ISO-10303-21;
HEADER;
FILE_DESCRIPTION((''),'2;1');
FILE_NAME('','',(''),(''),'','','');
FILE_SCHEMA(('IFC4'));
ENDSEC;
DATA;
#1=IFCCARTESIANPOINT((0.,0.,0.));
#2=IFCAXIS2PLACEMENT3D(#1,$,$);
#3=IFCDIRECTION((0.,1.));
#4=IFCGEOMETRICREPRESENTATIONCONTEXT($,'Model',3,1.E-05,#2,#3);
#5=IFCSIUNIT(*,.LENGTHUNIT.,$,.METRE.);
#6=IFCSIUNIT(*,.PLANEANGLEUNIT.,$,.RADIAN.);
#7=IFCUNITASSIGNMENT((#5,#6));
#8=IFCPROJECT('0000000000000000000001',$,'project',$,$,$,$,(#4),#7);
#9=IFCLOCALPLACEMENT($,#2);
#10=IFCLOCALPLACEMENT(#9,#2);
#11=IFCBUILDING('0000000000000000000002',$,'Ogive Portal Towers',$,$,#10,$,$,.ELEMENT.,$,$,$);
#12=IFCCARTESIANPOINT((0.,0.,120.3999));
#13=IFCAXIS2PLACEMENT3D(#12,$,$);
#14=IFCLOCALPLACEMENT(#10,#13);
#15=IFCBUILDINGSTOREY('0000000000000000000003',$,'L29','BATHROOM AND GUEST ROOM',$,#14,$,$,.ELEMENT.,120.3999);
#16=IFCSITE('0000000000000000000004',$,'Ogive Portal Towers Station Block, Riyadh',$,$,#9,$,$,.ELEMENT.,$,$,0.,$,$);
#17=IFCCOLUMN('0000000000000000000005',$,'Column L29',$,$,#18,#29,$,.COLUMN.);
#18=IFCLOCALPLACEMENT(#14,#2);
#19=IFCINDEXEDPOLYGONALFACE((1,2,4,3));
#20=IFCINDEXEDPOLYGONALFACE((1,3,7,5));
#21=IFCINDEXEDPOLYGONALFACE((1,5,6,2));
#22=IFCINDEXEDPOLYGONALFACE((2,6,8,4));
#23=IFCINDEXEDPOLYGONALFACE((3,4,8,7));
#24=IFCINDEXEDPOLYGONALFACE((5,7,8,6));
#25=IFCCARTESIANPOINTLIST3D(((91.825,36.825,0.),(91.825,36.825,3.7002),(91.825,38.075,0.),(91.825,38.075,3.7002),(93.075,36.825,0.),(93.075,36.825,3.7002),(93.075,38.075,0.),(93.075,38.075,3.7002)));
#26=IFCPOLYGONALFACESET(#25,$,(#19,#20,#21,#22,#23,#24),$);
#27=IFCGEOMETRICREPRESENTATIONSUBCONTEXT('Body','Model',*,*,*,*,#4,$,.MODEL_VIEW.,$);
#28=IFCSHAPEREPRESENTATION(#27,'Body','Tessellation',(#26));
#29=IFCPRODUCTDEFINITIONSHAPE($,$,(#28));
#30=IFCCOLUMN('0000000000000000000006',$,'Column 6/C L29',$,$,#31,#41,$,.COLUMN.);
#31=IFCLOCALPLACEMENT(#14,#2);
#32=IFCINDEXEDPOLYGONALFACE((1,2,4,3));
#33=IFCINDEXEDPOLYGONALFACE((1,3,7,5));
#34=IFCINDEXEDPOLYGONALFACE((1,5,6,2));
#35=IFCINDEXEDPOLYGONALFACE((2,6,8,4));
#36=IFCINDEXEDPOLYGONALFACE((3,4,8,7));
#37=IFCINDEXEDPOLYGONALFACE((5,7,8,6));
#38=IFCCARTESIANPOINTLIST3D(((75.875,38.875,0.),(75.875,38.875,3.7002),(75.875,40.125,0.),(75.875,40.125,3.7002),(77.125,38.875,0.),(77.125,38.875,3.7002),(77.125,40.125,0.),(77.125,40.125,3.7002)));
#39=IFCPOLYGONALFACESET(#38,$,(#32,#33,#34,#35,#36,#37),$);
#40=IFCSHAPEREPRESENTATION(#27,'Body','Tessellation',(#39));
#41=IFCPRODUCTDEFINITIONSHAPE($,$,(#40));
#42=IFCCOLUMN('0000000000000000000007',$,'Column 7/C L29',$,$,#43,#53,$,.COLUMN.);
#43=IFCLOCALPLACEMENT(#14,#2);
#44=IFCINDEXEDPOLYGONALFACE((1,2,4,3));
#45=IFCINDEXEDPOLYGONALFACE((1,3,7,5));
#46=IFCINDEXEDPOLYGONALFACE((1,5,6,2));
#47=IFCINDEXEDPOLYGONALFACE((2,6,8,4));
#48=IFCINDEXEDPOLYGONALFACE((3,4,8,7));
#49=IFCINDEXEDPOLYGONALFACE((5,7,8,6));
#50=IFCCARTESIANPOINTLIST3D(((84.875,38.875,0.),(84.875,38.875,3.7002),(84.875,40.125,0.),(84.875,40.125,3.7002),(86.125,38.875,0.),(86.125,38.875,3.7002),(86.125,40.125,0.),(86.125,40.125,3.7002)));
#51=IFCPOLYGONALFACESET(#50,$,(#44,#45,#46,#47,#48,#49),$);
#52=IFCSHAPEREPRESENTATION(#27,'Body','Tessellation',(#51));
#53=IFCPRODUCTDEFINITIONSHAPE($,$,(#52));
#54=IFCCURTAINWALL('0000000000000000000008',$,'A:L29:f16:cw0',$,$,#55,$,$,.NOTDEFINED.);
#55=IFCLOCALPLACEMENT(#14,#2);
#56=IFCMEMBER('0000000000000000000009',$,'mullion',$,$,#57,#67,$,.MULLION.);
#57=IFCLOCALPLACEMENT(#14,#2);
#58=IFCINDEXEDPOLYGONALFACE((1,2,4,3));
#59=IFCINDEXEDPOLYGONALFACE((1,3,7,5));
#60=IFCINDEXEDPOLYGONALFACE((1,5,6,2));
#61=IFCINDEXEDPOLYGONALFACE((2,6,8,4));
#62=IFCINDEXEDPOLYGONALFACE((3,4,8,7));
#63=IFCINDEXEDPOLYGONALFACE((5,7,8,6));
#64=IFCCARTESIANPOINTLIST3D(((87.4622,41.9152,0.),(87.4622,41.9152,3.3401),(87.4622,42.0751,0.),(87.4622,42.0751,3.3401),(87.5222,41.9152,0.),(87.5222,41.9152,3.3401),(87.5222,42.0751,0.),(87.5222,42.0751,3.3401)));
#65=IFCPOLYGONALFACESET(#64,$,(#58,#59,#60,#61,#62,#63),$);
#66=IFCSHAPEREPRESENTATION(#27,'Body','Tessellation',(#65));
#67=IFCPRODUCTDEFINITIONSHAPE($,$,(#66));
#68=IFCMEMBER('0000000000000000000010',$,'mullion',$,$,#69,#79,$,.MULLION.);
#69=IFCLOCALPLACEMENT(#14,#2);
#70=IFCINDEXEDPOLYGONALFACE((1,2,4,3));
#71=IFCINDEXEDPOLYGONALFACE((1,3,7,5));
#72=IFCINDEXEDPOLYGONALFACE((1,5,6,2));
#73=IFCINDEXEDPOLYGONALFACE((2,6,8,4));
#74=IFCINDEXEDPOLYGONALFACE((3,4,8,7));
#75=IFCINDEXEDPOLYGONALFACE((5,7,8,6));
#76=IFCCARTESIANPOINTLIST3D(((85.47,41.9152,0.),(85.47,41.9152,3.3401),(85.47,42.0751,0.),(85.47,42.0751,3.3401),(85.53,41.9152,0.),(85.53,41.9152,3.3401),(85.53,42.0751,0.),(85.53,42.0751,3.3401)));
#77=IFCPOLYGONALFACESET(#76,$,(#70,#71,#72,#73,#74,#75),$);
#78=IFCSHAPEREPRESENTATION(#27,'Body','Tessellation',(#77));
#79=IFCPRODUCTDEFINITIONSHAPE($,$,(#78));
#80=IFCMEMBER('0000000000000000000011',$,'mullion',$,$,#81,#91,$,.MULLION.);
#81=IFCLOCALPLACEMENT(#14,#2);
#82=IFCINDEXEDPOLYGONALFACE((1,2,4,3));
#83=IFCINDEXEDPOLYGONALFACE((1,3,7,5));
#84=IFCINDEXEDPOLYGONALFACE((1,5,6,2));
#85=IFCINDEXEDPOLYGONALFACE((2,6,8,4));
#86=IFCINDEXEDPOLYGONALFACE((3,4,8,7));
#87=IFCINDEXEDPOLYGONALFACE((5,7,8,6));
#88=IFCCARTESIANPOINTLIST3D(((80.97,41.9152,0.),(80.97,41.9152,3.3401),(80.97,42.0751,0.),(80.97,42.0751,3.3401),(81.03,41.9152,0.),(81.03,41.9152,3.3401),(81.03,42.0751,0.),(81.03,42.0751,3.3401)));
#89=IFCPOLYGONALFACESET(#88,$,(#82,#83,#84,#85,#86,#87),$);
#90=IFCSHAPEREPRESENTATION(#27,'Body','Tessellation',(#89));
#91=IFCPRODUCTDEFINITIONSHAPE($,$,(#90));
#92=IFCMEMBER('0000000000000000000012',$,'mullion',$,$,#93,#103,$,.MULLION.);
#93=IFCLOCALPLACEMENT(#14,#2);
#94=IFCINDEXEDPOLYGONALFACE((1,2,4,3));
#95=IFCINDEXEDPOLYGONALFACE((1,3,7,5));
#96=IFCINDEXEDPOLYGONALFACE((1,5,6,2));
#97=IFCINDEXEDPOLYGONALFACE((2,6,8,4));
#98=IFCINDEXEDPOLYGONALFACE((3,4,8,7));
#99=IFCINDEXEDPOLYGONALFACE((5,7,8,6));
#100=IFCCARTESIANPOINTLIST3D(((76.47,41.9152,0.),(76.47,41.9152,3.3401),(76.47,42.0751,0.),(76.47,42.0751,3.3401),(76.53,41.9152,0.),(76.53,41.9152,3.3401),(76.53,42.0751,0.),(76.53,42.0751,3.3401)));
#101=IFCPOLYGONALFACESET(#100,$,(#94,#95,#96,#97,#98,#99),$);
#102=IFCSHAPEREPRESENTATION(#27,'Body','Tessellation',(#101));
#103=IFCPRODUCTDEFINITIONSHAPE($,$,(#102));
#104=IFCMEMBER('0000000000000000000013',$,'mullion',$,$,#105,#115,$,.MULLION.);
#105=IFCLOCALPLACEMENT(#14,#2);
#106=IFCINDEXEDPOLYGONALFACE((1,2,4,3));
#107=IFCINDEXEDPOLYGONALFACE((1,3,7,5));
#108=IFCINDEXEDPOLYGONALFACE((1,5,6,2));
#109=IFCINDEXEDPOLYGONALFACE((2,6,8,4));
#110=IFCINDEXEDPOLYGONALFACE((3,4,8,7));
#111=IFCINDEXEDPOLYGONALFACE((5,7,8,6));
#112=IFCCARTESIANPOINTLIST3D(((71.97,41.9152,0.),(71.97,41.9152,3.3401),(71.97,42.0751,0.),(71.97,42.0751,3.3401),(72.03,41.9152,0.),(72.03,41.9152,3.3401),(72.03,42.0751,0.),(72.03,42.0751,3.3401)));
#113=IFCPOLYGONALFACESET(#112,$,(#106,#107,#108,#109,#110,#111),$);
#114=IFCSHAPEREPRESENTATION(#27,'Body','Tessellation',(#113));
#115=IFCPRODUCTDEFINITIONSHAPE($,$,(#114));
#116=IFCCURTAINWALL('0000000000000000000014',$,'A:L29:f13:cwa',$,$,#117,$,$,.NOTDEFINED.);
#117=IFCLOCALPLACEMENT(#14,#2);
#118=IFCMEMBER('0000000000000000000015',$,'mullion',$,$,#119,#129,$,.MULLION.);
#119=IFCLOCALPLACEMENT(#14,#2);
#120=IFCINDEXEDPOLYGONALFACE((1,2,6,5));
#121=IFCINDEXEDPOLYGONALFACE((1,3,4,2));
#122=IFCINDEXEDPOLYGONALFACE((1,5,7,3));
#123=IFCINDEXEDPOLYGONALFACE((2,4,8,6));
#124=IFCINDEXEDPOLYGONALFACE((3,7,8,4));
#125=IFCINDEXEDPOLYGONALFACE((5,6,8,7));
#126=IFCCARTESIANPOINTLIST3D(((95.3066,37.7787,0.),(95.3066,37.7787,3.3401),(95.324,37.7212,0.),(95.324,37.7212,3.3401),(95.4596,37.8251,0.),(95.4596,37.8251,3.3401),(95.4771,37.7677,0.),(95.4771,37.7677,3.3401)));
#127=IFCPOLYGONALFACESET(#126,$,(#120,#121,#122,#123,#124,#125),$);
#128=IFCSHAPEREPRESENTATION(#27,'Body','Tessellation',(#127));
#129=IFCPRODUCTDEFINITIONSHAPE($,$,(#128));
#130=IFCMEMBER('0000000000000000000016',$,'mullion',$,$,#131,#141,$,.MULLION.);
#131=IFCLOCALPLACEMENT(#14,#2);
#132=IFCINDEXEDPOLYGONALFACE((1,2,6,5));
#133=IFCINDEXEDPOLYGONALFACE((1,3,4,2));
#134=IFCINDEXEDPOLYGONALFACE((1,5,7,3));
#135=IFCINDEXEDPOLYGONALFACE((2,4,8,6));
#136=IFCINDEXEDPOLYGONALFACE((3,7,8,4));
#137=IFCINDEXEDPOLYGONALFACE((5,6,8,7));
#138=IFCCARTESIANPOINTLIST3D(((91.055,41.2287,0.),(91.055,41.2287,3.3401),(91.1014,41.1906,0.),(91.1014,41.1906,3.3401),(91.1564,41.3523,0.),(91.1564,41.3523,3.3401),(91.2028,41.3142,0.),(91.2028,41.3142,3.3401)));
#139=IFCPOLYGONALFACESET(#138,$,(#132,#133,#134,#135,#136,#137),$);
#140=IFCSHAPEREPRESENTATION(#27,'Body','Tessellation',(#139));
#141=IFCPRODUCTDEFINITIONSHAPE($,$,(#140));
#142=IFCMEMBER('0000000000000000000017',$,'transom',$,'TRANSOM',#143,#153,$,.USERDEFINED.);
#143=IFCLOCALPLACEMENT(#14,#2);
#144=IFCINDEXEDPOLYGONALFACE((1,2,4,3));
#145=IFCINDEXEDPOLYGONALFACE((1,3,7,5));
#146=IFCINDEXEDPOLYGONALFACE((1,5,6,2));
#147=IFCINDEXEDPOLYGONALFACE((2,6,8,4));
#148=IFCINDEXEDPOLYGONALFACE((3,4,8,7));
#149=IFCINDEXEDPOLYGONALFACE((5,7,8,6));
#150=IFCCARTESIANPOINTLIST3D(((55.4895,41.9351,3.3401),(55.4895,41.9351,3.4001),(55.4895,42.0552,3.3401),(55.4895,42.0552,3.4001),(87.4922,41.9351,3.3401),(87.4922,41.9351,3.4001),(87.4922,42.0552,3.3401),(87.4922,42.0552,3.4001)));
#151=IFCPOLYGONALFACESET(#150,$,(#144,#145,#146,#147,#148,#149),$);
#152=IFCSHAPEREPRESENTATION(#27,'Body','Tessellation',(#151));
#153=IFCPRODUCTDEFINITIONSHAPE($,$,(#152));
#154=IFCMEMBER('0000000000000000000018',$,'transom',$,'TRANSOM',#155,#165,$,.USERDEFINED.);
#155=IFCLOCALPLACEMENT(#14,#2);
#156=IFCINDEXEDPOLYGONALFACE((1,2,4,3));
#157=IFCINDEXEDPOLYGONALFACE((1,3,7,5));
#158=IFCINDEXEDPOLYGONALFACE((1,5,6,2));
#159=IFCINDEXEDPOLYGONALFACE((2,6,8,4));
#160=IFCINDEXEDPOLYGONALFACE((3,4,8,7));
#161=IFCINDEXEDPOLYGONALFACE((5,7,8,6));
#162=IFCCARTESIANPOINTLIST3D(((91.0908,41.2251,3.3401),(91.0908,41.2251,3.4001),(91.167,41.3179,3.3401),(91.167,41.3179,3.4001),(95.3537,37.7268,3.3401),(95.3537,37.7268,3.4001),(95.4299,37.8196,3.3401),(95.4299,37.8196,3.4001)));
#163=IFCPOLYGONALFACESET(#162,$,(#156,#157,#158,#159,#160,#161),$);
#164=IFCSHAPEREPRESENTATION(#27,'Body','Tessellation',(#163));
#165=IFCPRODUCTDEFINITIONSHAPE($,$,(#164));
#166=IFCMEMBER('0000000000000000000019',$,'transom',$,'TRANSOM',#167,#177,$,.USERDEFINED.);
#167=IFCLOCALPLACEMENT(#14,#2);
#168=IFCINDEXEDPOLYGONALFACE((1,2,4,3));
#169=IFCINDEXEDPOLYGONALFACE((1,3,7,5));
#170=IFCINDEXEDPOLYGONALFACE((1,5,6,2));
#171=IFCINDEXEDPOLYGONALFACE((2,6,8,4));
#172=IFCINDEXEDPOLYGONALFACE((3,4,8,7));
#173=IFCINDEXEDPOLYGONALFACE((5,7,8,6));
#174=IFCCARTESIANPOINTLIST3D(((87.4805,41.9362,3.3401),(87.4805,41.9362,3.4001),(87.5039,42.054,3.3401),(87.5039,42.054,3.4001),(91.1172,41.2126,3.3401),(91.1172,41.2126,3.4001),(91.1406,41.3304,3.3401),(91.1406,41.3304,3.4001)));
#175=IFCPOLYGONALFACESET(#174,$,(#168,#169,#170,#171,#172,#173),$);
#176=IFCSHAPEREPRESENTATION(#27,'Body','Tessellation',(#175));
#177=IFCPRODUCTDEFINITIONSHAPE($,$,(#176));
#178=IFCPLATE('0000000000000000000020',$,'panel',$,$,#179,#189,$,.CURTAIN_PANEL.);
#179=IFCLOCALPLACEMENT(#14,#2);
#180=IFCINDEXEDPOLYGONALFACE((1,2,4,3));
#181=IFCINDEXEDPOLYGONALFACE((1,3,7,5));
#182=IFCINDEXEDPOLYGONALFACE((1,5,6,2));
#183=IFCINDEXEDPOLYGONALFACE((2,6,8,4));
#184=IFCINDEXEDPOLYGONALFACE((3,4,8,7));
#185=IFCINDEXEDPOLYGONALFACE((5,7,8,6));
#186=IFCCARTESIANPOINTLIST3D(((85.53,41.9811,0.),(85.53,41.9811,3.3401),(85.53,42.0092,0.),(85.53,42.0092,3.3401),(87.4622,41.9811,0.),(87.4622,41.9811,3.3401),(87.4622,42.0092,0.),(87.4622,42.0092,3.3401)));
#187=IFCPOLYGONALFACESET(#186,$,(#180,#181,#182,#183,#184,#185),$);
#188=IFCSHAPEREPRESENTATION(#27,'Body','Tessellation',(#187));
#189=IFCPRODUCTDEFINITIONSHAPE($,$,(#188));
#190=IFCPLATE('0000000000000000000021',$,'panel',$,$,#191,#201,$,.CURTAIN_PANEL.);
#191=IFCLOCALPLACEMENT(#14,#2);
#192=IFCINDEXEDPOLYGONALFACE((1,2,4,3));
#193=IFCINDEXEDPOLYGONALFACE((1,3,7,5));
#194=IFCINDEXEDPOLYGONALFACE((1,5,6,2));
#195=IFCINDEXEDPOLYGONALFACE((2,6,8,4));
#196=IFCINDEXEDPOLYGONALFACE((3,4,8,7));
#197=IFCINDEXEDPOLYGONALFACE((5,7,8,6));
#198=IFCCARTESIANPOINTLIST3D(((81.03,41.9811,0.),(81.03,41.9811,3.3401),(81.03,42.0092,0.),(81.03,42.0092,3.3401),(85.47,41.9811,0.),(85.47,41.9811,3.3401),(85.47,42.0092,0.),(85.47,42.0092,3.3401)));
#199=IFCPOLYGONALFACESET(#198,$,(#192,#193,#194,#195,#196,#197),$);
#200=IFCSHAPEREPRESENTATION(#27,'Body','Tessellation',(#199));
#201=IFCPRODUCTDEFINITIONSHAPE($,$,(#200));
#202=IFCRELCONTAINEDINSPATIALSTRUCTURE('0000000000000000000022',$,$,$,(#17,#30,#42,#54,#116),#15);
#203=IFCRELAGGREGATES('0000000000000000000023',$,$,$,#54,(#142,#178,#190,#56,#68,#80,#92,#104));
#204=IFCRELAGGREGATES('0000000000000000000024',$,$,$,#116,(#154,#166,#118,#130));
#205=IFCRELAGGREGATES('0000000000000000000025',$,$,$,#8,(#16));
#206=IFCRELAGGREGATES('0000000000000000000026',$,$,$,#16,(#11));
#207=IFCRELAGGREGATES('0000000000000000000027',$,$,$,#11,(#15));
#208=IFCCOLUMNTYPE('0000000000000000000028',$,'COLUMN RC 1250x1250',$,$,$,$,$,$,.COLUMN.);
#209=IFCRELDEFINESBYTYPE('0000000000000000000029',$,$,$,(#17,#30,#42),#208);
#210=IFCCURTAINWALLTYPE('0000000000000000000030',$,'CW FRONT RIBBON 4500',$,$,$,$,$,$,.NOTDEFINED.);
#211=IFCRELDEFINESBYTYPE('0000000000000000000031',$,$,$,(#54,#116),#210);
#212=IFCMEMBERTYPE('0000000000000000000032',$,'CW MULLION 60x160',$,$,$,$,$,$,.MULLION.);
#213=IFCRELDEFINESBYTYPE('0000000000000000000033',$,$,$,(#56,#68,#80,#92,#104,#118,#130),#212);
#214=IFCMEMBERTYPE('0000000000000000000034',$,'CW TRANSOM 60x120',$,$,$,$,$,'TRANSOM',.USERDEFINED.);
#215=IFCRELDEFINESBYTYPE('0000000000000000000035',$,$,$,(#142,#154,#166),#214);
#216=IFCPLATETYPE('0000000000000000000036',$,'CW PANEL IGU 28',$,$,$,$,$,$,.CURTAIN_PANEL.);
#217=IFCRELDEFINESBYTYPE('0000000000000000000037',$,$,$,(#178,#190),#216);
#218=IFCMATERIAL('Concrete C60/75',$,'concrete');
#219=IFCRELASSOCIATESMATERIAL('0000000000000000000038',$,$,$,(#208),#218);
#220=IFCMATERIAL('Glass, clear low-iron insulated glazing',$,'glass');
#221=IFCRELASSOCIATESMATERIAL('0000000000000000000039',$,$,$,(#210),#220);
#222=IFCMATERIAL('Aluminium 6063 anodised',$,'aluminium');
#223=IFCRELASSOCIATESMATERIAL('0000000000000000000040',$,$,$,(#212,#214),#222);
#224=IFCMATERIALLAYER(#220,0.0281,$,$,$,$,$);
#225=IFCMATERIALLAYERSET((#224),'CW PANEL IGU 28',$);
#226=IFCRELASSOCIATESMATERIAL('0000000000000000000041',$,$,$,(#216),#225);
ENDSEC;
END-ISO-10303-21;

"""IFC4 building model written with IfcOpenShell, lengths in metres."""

from ifc_helpers import new_model, si_unit, direction, frame, origin, origin_2d, place, context, subcontext, project, spatial, rectangle, extrude, material, layer, layer_set, material_profile, profile_set, type_object, element, aggregate, save


model = new_model("IFC4")

# Units and contexts
model_context = context("Model", 3, precision=1e-05, world=origin(), true_north=direction((0.0, 1.0)))
body_context = subcontext(model_context, "Body", "Model", "MODEL_VIEW")
ifc_project = project(units=[si_unit("LENGTHUNIT", "METRE"), si_unit("PLANEANGLEUNIT", "RADIAN")], contexts=[model_context])

# Site, building, storey
site_placement = place(None, origin())
site = spatial("IfcSite", under=ifc_project, at=site_placement, Name="Ogive Portal Towers Station Block, Riyadh", CompositionType="ELEMENT", RefElevation=0.0)
building_placement = place(site_placement, origin())
building = spatial("IfcBuilding", under=site, at=building_placement, Name="Ogive Portal Towers", CompositionType="ELEMENT")
storey_placement = place(building_placement, frame((0.0, 0.0, 120.3999)))
storey = spatial("IfcBuildingStorey", under=building, at=storey_placement, Name="L29", Description="BATHROOM AND GUEST ROOM", CompositionType="ELEMENT", Elevation=120.3999)

# Columns
ifc_material_1 = material(Name="Concrete C60/75", Category="concrete")
ifc_material_profile_1 = material_profile(ifc_material_1, rectangle(XDim=1.25, YDim=1.25, at=origin_2d()), Name="RC 1250x1250")
ifc_profile_set_1 = profile_set([ifc_material_profile_1], Name="Concrete C60/75")
column_type = type_object("IfcColumnType", Name="COLUMN RC 1250x1250", PredefinedType="COLUMN", material=ifc_profile_set_1)
for number, where, z_axis, x_axis, name in (
    (1, (92.45, 37.45, 0.0), (0.0, 0.0, 1.0), (1.0, 0.0, 0.0), "Column L29"),
    (2, (76.5, 39.5, 0.0), (0.0, 0.0, 1.0), (1.0, 0.0, 0.0), "Column 6/C L29"),
    (3, (85.5, 39.5, 0.0), (0.0, 0.0, 1.0), (1.0, 0.0, 0.0), "Column 7/C L29"),
):
    element("IfcColumn", number, at=place(storey_placement, frame(where, z_axis=z_axis, x_axis=x_axis)), inside=storey, type_object=column_type, Name=name, PredefinedType="COLUMN", context=body_context, shape_type="SweptSolid", body=[
        extrude(rectangle(XDim=1.25, YDim=1.25, at=origin_2d()), origin(), (0.0, 0.0, 1.0), 3.7002),
    ])

# Curtain walls, members
ifc_material_2 = material(Name="Glass, clear low-iron insulated glazing", Category="glass")
curtain_wall_type = type_object("IfcCurtainWallType", Name="CW FRONT RIBBON 4500", PredefinedType="NOTDEFINED", material=ifc_material_2)
curtain_wall_1_placement = place(storey_placement, origin())
curtain_wall_1 = element("IfcCurtainWall", 4, at=curtain_wall_1_placement, inside=storey, type_object=curtain_wall_type, Name="A:L29:f16:cw0", PredefinedType="NOTDEFINED")
ifc_material_3 = material(Name="Aluminium 6063 anodised", Category="aluminium")
ifc_material_profile_2 = material_profile(ifc_material_3, rectangle(XDim=0.1599, YDim=0.0601, at=origin_2d()), Name="AL 60x160")
ifc_profile_set_2 = profile_set([ifc_material_profile_2], Name="Aluminium 6063 anodised")
member_type_1 = type_object("IfcMemberType", Name="CW MULLION 60x160", PredefinedType="MULLION", material=ifc_profile_set_2)
member_1_placement = place(storey_placement, frame((87.4922, 41.9951, 0.0), z_axis=(0.0, 0.0, 1.0), x_axis=(0.0, -1.0, 0.0)))
member_1 = element("IfcMember", 5, at=member_1_placement, type_object=member_type_1, Name="mullion", PredefinedType="MULLION", context=body_context, shape_type="SweptSolid", body=[
    extrude(rectangle(XDim=0.1599, YDim=0.0601, at=origin_2d()), origin(), (0.0, 0.0, 1.0), 3.3401),
])
member_2_placement = place(storey_placement, frame((85.5, 41.9951, 0.0), z_axis=(0.0, 0.0, 1.0), x_axis=(0.0, -1.0, 0.0)))
member_2 = element("IfcMember", 6, at=member_2_placement, type_object=member_type_1, Name="mullion", PredefinedType="MULLION", context=body_context, shape_type="SweptSolid", body=[
    extrude(rectangle(XDim=0.1599, YDim=0.0601, at=origin_2d()), origin(), (0.0, 0.0, 1.0), 3.3401),
])
member_3_placement = place(storey_placement, frame((81.0, 41.9951, 0.0), z_axis=(0.0, 0.0, 1.0), x_axis=(0.0, -1.0, 0.0)))
member_3 = element("IfcMember", 7, at=member_3_placement, type_object=member_type_1, Name="mullion", PredefinedType="MULLION", context=body_context, shape_type="SweptSolid", body=[
    extrude(rectangle(XDim=0.1599, YDim=0.0601, at=origin_2d()), origin(), (0.0, 0.0, 1.0), 3.3401),
])
member_4_placement = place(storey_placement, frame((76.5, 41.9951, 0.0), z_axis=(0.0, 0.0, 1.0), x_axis=(0.0, -1.0, 0.0)))
member_4 = element("IfcMember", 8, at=member_4_placement, type_object=member_type_1, Name="mullion", PredefinedType="MULLION", context=body_context, shape_type="SweptSolid", body=[
    extrude(rectangle(XDim=0.1599, YDim=0.0601, at=origin_2d()), origin(), (0.0, 0.0, 1.0), 3.3401),
])
member_5_placement = place(storey_placement, frame((72.0, 41.9951, 0.0), z_axis=(0.0, 0.0, 1.0), x_axis=(0.0, -1.0, 0.0)))
member_5 = element("IfcMember", 9, at=member_5_placement, type_object=member_type_1, Name="mullion", PredefinedType="MULLION", context=body_context, shape_type="SweptSolid", body=[
    extrude(rectangle(XDim=0.1599, YDim=0.0601, at=origin_2d()), origin(), (0.0, 0.0, 1.0), 3.3401),
])
curtain_wall_2_placement = place(storey_placement, origin())
curtain_wall_2 = element("IfcCurtainWall", 10, at=curtain_wall_2_placement, inside=storey, type_object=curtain_wall_type, Name="A:L29:f13:cwa", PredefinedType="NOTDEFINED")
member_6_placement = place(storey_placement, frame((95.3918, 37.7732, 0.0), z_axis=(0.0, 0.0, 1.0), x_axis=(-0.95694, -0.290285, 0.0)))
member_6 = element("IfcMember", 11, at=member_6_placement, type_object=member_type_1, Name="mullion", PredefinedType="MULLION", context=body_context, shape_type="SweptSolid", body=[
    extrude(rectangle(XDim=0.1599, YDim=0.0601, at=origin_2d()), origin(), (0.0, 0.0, 1.0), 3.3401),
])
member_7_placement = place(storey_placement, frame((91.1289, 41.2715, 0.0), z_axis=(0.0, 0.0, 1.0), x_axis=(-0.634393, -0.77301, 0.0)))
member_7 = element("IfcMember", 12, at=member_7_placement, type_object=member_type_1, Name="mullion", PredefinedType="MULLION", context=body_context, shape_type="SweptSolid", body=[
    extrude(rectangle(XDim=0.1599, YDim=0.0601, at=origin_2d()), origin(), (0.0, 0.0, 1.0), 3.3401),
])

# Members
ifc_material_profile_3 = material_profile(ifc_material_3, rectangle(XDim=0.1201, YDim=0.0601, at=origin_2d()), Name="AL 120x60")
ifc_profile_set_3 = profile_set([ifc_material_profile_3], Name="Aluminium 6063 anodised")
member_type_2 = type_object("IfcMemberType", Name="CW TRANSOM 60x120", ElementType="TRANSOM", PredefinedType="USERDEFINED", material=ifc_profile_set_3)
member_8_placement = place(storey_placement, frame((87.4922, 41.9951, 3.3701), z_axis=(-1.0, 0.0, 0.0), x_axis=(0.0, -1.0, 0.0)))
member_8 = element("IfcMember", 13, at=member_8_placement, type_object=member_type_2, Name="transom", ObjectType="TRANSOM", PredefinedType="USERDEFINED", context=body_context, shape_type="SweptSolid", body=[
    extrude(rectangle(XDim=0.1201, YDim=0.0601, at=origin_2d()), origin(), (0.0, 0.0, 1.0), 32.0027),
])
member_9_placement = place(storey_placement, frame((95.3918, 37.7732, 3.3701), z_axis=(-0.773029, 0.63437, 0.0), x_axis=(-0.63437, -0.773029, 0.0)))
member_9 = element("IfcMember", 14, at=member_9_placement, type_object=member_type_2, Name="transom", ObjectType="TRANSOM", PredefinedType="USERDEFINED", context=body_context, shape_type="SweptSolid", body=[
    extrude(rectangle(XDim=0.1201, YDim=0.0601, at=origin_2d()), origin(), (0.0, 0.0, 1.0), 5.5146),
])
member_10_placement = place(storey_placement, frame((91.1289, 41.2715, 3.3701), z_axis=(-0.980773, 0.195154, 0.0), x_axis=(-0.195154, -0.980773, 0.0)))
member_10 = element("IfcMember", 15, at=member_10_placement, type_object=member_type_2, Name="transom", ObjectType="TRANSOM", PredefinedType="USERDEFINED", context=body_context, shape_type="SweptSolid", body=[
    extrude(rectangle(XDim=0.1201, YDim=0.0601, at=origin_2d()), origin(), (0.0, 0.0, 1.0), 3.708),
])

# Plates
ifc_layer_1 = layer(ifc_material_2, 0.0281)
ifc_layer_set_1 = layer_set([ifc_layer_1], Name="CW PANEL IGU 28")
plate_type = type_object("IfcPlateType", Name="CW PANEL IGU 28", PredefinedType="CURTAIN_PANEL", material=ifc_layer_set_1)
plate_1_placement = place(storey_placement, frame((86.4961, 41.9951, 0.0), z_axis=(0.0, 0.0, 1.0), x_axis=(-1.0, 0.0, 0.0)))
plate_1 = element("IfcPlate", 16, at=plate_1_placement, type_object=plate_type, Name="panel", PredefinedType="CURTAIN_PANEL", context=body_context, shape_type="SweptSolid", body=[
    extrude(rectangle(XDim=1.9321, YDim=0.0281, at=origin_2d()), origin(), (0.0, 0.0, 1.0), 3.3401),
])
plate_2_placement = place(storey_placement, frame((83.25, 41.9951, 0.0), z_axis=(0.0, 0.0, 1.0), x_axis=(-1.0, 0.0, 0.0)))
plate_2 = element("IfcPlate", 17, at=plate_2_placement, type_object=plate_type, Name="panel", PredefinedType="CURTAIN_PANEL", context=body_context, shape_type="SweptSolid", body=[
    extrude(rectangle(XDim=4.4399, YDim=0.0281, at=origin_2d()), origin(), (0.0, 0.0, 1.0), 3.3401),
])
aggregate(curtain_wall_1, [member_8, plate_1, plate_2, member_1, member_2, member_3, member_4, member_5])
aggregate(curtain_wall_2, [member_9, member_10, member_6, member_7])

save(model, "model.ifc")
